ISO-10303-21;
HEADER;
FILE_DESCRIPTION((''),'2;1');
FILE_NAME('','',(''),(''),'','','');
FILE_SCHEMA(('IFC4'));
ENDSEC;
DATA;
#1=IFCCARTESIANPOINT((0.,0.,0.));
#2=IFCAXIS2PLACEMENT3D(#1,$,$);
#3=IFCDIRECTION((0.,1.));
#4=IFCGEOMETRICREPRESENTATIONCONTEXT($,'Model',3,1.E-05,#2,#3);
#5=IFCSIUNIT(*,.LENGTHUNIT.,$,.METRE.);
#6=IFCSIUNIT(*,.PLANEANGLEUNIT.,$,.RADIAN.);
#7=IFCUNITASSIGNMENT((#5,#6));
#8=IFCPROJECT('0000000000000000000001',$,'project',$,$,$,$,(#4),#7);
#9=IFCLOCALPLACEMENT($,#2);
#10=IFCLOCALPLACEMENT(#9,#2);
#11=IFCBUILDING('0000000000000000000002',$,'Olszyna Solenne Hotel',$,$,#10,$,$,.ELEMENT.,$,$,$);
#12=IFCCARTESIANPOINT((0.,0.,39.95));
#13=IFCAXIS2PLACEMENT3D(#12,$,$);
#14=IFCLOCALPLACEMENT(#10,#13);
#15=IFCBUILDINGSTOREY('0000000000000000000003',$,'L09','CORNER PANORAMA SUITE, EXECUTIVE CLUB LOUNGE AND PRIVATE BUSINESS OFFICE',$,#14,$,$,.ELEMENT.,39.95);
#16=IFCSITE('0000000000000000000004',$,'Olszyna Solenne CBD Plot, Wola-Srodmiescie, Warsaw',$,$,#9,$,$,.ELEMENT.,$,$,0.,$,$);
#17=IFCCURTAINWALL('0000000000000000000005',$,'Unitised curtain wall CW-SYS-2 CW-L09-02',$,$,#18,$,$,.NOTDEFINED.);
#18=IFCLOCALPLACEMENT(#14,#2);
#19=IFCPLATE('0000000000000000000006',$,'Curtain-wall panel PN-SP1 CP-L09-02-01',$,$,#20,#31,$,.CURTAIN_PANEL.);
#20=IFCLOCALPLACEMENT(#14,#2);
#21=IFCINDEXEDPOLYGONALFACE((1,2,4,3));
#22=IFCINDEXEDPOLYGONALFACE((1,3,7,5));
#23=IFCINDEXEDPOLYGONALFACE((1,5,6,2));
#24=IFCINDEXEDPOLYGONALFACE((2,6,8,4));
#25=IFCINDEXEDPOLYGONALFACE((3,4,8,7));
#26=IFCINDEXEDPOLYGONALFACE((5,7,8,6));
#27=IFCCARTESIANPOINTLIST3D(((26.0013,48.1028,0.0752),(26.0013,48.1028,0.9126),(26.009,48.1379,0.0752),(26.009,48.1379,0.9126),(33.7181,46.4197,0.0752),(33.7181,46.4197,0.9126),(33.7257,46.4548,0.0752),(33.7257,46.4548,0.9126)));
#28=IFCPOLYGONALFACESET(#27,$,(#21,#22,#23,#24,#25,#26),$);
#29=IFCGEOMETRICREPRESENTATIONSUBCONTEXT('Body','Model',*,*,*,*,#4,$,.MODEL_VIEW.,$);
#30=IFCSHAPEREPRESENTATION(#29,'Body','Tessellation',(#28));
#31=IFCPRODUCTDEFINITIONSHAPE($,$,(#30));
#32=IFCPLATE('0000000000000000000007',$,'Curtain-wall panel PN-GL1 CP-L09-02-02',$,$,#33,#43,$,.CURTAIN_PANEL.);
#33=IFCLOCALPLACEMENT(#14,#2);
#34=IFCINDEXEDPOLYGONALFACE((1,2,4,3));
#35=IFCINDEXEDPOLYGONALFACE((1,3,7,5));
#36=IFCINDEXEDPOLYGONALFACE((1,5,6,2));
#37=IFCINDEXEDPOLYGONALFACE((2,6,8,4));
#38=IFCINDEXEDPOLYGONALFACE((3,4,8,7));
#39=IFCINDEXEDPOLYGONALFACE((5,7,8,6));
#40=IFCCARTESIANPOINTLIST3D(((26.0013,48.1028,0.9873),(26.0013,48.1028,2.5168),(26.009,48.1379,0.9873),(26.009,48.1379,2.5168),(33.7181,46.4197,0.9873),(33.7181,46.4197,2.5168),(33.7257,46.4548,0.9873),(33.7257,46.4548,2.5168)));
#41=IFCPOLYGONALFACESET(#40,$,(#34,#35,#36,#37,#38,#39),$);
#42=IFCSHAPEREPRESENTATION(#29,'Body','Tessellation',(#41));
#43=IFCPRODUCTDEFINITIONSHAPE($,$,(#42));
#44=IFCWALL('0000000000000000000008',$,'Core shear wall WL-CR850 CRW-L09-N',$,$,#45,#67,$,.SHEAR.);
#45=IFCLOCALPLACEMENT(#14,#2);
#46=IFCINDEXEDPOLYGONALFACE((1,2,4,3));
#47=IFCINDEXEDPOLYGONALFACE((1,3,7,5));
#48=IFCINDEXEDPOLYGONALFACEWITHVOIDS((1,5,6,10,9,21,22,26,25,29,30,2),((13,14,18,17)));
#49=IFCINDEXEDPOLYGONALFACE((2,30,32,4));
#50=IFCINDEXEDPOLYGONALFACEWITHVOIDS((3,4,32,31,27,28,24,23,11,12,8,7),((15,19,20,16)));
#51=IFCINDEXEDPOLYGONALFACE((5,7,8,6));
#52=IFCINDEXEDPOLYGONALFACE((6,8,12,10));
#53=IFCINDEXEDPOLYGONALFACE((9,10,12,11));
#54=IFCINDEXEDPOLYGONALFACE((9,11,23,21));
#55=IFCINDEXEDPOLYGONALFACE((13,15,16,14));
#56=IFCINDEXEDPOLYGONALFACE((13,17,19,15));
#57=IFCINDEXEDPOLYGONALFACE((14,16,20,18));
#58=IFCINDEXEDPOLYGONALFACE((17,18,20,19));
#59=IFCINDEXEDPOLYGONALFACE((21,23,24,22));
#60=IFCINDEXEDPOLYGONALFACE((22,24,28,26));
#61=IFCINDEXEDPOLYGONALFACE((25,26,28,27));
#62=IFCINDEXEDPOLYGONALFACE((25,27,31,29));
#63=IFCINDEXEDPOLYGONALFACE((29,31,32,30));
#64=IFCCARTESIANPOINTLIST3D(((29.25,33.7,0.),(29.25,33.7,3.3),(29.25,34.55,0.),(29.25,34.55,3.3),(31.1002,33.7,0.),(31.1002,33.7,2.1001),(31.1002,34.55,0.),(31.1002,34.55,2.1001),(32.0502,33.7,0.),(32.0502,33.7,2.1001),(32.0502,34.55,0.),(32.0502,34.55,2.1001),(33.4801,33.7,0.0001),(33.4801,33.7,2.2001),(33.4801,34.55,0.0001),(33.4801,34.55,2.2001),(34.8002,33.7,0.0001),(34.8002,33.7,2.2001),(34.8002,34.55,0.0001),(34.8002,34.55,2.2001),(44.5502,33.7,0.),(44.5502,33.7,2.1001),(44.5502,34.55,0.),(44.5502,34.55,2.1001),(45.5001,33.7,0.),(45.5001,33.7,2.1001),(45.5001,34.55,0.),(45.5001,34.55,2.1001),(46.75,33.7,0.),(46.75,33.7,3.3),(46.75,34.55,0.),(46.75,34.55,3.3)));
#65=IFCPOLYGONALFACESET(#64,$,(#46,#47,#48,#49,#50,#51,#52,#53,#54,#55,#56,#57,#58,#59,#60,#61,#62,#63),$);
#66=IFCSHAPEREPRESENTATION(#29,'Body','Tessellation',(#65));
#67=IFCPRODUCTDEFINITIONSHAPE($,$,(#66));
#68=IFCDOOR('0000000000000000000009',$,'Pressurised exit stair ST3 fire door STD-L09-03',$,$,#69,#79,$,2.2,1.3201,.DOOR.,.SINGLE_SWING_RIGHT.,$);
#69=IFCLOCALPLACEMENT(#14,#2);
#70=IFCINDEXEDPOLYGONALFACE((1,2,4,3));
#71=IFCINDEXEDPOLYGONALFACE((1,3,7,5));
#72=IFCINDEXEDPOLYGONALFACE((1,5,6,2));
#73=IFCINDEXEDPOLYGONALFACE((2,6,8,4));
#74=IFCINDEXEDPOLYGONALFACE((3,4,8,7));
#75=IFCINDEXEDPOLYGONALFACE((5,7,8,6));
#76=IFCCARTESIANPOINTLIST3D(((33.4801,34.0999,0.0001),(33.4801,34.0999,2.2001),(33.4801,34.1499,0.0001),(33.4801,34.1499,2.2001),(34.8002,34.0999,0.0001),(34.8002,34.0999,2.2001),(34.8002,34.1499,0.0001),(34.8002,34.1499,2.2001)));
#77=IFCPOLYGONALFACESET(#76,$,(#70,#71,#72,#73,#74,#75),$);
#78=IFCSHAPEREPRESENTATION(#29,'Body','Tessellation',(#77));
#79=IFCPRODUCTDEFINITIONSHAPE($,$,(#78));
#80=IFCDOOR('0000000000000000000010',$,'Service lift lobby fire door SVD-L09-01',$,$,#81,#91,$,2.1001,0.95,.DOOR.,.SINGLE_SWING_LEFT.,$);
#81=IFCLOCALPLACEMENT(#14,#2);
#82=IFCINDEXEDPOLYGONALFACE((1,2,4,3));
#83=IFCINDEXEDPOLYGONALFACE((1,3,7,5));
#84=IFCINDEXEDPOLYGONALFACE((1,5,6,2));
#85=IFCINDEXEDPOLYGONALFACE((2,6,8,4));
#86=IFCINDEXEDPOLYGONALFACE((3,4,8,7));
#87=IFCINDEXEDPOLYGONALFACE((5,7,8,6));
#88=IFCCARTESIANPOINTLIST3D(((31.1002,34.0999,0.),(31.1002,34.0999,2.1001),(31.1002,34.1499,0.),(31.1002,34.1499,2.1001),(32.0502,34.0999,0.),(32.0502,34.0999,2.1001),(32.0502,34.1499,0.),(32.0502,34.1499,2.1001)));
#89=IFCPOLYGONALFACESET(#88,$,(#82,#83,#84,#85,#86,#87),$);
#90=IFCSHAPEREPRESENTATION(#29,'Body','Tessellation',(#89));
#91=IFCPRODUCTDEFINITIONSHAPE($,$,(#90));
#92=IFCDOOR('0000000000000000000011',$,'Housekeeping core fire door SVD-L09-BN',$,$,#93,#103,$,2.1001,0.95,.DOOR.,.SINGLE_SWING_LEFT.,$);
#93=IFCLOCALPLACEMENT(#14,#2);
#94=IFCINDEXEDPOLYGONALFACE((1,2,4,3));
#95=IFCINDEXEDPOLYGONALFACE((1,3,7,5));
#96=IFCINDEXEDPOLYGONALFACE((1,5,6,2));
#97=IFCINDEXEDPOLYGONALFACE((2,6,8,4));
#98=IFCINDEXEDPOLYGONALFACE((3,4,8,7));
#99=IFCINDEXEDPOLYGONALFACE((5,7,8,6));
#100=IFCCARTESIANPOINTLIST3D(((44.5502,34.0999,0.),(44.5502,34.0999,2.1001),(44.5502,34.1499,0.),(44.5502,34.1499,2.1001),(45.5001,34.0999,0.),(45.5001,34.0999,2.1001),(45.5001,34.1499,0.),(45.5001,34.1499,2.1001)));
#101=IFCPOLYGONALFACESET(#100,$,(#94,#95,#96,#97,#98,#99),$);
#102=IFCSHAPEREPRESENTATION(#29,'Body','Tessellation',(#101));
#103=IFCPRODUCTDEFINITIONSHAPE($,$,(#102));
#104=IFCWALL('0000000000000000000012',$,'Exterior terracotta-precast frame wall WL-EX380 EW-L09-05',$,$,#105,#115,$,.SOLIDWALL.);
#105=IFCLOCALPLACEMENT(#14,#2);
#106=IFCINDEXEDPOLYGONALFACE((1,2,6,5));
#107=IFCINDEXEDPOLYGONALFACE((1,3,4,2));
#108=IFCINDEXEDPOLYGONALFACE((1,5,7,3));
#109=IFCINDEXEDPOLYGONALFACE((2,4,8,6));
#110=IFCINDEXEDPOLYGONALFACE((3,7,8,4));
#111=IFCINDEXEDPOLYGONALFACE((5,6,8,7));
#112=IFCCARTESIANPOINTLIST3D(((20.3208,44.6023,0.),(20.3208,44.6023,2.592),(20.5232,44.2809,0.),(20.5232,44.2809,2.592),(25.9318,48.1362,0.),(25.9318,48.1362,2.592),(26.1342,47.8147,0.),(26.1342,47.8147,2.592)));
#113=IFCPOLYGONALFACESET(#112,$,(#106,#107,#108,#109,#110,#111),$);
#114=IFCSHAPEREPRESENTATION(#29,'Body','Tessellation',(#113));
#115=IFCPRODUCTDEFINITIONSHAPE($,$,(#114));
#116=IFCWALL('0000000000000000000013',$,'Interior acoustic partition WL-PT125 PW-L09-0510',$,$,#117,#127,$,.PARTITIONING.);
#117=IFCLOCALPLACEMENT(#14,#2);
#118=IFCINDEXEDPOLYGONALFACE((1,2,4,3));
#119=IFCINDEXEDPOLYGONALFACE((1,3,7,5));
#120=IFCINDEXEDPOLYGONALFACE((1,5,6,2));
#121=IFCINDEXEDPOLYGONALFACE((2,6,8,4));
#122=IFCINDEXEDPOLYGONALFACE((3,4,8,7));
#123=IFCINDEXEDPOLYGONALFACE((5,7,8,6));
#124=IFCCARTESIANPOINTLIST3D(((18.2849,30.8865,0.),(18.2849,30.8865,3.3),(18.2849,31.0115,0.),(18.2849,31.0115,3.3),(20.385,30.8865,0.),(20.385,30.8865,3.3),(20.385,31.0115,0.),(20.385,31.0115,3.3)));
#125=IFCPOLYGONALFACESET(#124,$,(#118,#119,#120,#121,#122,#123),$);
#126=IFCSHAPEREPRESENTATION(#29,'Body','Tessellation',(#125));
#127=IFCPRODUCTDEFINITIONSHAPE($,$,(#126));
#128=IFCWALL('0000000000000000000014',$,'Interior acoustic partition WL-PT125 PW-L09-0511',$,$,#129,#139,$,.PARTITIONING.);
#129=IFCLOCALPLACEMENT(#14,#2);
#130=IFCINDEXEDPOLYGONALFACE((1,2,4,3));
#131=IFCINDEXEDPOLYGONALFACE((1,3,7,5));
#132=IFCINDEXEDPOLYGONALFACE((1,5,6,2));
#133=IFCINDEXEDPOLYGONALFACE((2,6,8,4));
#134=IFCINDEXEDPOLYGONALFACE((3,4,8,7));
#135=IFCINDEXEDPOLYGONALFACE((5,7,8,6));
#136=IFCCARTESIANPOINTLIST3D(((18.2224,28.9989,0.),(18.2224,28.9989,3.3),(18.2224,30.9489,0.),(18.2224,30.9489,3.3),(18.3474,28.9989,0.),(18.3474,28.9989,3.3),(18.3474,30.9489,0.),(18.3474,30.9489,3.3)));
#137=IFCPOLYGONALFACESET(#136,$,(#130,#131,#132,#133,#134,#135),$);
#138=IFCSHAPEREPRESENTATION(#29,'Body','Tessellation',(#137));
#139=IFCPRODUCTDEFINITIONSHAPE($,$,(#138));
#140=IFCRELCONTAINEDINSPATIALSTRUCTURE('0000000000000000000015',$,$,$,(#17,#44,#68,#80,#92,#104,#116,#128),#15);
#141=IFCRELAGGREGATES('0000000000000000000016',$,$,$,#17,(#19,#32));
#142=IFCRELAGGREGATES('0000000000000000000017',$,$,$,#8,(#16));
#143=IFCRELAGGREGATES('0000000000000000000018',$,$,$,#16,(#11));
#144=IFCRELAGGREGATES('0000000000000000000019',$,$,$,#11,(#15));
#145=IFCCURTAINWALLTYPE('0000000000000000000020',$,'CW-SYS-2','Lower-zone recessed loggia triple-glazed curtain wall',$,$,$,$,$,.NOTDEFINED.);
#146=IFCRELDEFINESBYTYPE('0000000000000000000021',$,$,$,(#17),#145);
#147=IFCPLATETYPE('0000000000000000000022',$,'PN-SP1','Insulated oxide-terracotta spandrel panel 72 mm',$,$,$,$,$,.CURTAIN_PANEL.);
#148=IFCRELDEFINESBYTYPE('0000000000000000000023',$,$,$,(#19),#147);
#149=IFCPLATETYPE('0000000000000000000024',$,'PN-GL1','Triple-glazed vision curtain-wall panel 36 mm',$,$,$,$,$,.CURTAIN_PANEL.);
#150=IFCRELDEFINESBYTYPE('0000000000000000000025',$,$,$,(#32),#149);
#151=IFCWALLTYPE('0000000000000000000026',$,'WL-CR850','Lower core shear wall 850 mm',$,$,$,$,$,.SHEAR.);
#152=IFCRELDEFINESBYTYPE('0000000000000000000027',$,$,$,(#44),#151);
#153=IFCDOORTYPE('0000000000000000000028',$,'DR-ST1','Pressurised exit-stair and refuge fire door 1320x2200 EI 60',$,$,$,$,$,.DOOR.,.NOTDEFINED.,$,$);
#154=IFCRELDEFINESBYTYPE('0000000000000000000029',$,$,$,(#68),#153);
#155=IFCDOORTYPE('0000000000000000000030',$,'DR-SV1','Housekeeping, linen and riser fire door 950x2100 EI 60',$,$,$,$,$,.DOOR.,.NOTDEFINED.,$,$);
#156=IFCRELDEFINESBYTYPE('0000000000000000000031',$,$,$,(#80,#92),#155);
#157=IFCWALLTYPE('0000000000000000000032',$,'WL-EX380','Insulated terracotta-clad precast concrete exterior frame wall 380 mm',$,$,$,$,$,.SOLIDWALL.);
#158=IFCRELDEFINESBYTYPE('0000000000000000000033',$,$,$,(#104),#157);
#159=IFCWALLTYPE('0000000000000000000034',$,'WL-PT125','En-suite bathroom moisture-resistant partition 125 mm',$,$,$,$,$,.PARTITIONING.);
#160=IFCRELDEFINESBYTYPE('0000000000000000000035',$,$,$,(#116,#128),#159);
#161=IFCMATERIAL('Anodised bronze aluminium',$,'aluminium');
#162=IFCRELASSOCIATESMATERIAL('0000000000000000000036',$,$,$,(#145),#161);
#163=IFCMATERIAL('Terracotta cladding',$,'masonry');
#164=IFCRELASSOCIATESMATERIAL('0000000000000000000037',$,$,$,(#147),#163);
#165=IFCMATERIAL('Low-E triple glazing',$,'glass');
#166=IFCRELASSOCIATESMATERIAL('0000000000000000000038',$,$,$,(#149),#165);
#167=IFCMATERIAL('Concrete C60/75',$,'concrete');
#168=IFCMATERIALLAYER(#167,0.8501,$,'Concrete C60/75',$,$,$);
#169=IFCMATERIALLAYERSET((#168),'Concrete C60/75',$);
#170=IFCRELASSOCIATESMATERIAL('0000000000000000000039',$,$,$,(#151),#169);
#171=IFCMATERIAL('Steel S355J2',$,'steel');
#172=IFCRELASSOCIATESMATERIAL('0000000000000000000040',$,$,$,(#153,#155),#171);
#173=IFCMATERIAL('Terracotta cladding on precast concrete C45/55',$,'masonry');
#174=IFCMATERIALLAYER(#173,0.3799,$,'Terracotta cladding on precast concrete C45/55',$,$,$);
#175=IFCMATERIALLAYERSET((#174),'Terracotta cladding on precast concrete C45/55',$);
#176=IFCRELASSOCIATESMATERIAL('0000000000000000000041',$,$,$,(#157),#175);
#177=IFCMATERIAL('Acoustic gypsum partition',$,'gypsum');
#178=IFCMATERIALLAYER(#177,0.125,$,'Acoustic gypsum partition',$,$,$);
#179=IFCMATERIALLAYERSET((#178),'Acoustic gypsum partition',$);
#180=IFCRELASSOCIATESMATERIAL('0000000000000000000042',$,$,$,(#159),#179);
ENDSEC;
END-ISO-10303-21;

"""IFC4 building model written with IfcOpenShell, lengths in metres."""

from ifc_helpers import new_model, si_unit, direction, frame, frame_2d, origin, origin_2d, place, context, subcontext, project, spatial, rectangle, extrude, source, transform, mapped, material, layer, layer_set, type_object, type_shapes, element, fill, aggregate, save


model = new_model("IFC4")

# Units and contexts
model_context = context("Model", 3, precision=1e-05, world=origin(), true_north=direction((0.0, 1.0)))
body_context = subcontext(model_context, "Body", "Model", "MODEL_VIEW")
ifc_project = project(units=[si_unit("LENGTHUNIT", "METRE"), si_unit("PLANEANGLEUNIT", "RADIAN")], contexts=[model_context])

# Site, building, storey
site_placement = place(None, origin())
site = spatial("IfcSite", under=ifc_project, at=site_placement, Name="Olszyna Solenne CBD Plot, Wola-Srodmiescie, Warsaw", CompositionType="ELEMENT", RefElevation=0.0)
building_placement = place(site_placement, origin())
building = spatial("IfcBuilding", under=site, at=building_placement, Name="Olszyna Solenne Hotel", CompositionType="ELEMENT")
storey_placement = place(building_placement, frame((0.0, 0.0, 39.95)))
storey = spatial("IfcBuildingStorey", under=building, at=storey_placement, Name="L09", Description="CORNER PANORAMA SUITE, EXECUTIVE CLUB LOUNGE AND PRIVATE BUSINESS OFFICE", CompositionType="ELEMENT", Elevation=39.95)

# Shared definitions
ifc_material_1 = material(Name="Steel S355J2", Category="steel")

# Curtain wall
ifc_material_2 = material(Name="Anodised bronze aluminium", Category="aluminium")
curtain_wall_type = type_object("IfcCurtainWallType", Name="CW-SYS-2", Description="Lower-zone recessed loggia triple-glazed curtain wall", PredefinedType="NOTDEFINED", material=ifc_material_2)
curtain_wall_placement = place(storey_placement, origin())
curtain_wall = element("IfcCurtainWall", 1, at=curtain_wall_placement, inside=storey, type_object=curtain_wall_type, Name="Unitised curtain wall CW-SYS-2 CW-L09-02", PredefinedType="NOTDEFINED")

# Plates
ifc_material_3 = material(Name="Terracotta cladding", Category="masonry")
plate_type_1 = type_object("IfcPlateType", Name="PN-SP1", Description="Insulated oxide-terracotta spandrel panel 72 mm", PredefinedType="CURTAIN_PANEL", material=ifc_material_3)
shared_shape_1 = source(origin(), body_context, "Body", "SweptSolid", [
    extrude(rectangle(XDim=7.8982, YDim=0.0359, at=origin_2d()), origin(), (0.0, 0.0, 1.0), 0.8374),
])
plate_1_placement = place(storey_placement, frame((29.8635, 47.2788, 0.0752), z_axis=(0.0, 0.0, 1.0), x_axis=(0.97703, -0.213104, 0.0)))
plate_1 = element("IfcPlate", 2, at=plate_1_placement, type_object=plate_type_1, Name="Curtain-wall panel PN-SP1 CP-L09-02-01", PredefinedType="CURTAIN_PANEL", context=body_context, shape_type="MappedRepresentation", body=[
    mapped(shared_shape_1, transform((0.0, 0.0, 0.0), x_axis=(1.0, 0.0, 0.0), y_axis=(0.0, 1.0, 0.0), z_axis=(0.0, 0.0, 1.0), scale=1.0)),
])
ifc_material_4 = material(Name="Low-E triple glazing", Category="glass")
plate_type_2 = type_object("IfcPlateType", Name="PN-GL1", Description="Triple-glazed vision curtain-wall panel 36 mm", PredefinedType="CURTAIN_PANEL", material=ifc_material_4)
shared_shape_2 = source(origin(), body_context, "Body", "SweptSolid", [
    extrude(rectangle(XDim=7.8982, YDim=0.0359, at=origin_2d()), origin(), (0.0, 0.0, 1.0), 1.5295),
])
plate_2_placement = place(storey_placement, frame((29.8635, 47.2788, 0.9873), z_axis=(0.0, 0.0, 1.0), x_axis=(0.97703, -0.213104, 0.0)))
plate_2 = element("IfcPlate", 3, at=plate_2_placement, type_object=plate_type_2, Name="Curtain-wall panel PN-GL1 CP-L09-02-02", PredefinedType="CURTAIN_PANEL", context=body_context, shape_type="MappedRepresentation", body=[
    mapped(shared_shape_2, transform((0.0, 0.0, 0.0), x_axis=(1.0, 0.0, 0.0), y_axis=(0.0, 1.0, 0.0), z_axis=(0.0, 0.0, 1.0), scale=1.0)),
])
aggregate(curtain_wall, [plate_1, plate_2])

# Wall, openings, doors
ifc_material_5 = material(Name="Concrete C60/75", Category="concrete")
ifc_layer_1 = layer(ifc_material_5, 0.8501, Name="Concrete C60/75")
ifc_layer_set_1 = layer_set([ifc_layer_1], Name="Concrete C60/75")
wall_type_1 = type_object("IfcWallType", Name="WL-CR850", Description="Lower core shear wall 850 mm", PredefinedType="SHEAR", material=ifc_layer_set_1)
wall_1_placement = place(storey_placement, frame((29.25, 34.125, 0.0), z_axis=(0.0, 0.0, 1.0), x_axis=(1.0, 0.0, 0.0)))
wall_1 = element("IfcWall", 4, at=wall_1_placement, inside=storey, type_object=wall_type_1, Name="Core shear wall WL-CR850 CRW-L09-N", PredefinedType="SHEAR", context=body_context, shape_type="SweptSolid", body=[
    extrude(rectangle(XDim=17.5, YDim=0.8501, at=frame_2d((8.75, 0.0))), origin(), (0.0, 0.0, 1.0), 3.3),
])
opening_1_placement = place(wall_1_placement, frame((1.8501, 0.0, 0.0)))
opening_1 = element("IfcOpeningElement", 5, at=opening_1_placement, cuts=wall_1, PredefinedType="OPENING", context=body_context, shape_type="SweptSolid", body=[
    extrude(rectangle(XDim=0.95, YDim=2.1001, at=frame_2d((0.4751, 1.05))), frame((0.0, 0.4351, 0.0), z_axis=(0.0, -1.0, 0.0), x_axis=(1.0, 0.0, 0.0)), (0.0, 0.0, 1.0), 0.8701),
])
opening_2_placement = place(wall_1_placement, frame((4.23, 0.0, 0.0)))
opening_2 = element("IfcOpeningElement", 6, at=opening_2_placement, cuts=wall_1, PredefinedType="OPENING", context=body_context, shape_type="SweptSolid", body=[
    extrude(rectangle(XDim=1.3201, YDim=2.2, at=frame_2d((0.6602, 1.1001))), frame((0.0, 0.4351, 0.0), z_axis=(0.0, -1.0, 0.0), x_axis=(1.0, 0.0, 0.0)), (0.0, 0.0, 1.0), 0.8701),
])
opening_3_placement = place(wall_1_placement, frame((15.3, 0.0, 0.0)))
opening_3 = element("IfcOpeningElement", 7, at=opening_3_placement, cuts=wall_1, PredefinedType="OPENING", context=body_context, shape_type="SweptSolid", body=[
    extrude(rectangle(XDim=0.95, YDim=2.1001, at=frame_2d((0.4751, 1.05))), frame((0.0, 0.4351, 0.0), z_axis=(0.0, -1.0, 0.0), x_axis=(1.0, 0.0, 0.0)), (0.0, 0.0, 1.0), 0.8701),
])
door_type_1 = type_object("IfcDoorType", Name="DR-ST1", Description="Pressurised exit-stair and refuge fire door 1320x2200 EI 60", OperationType="NOTDEFINED", PredefinedType="DOOR", material=ifc_material_1)
shared_shape_3 = source(origin(), body_context, "Body", "SweptSolid", [
    extrude(rectangle(XDim=1.3201, YDim=2.2, at=frame_2d((0.6602, 1.1001))), frame((0.0, 0.0249, 0.0), z_axis=(0.0, -1.0, 0.0), x_axis=(1.0, 0.0, 0.0)), (0.0, 0.0, 1.0), 0.05),
])
type_shapes(door_type_1, [shared_shape_3])
door_1_placement = place(opening_2_placement, origin())
door_1 = element("IfcDoor", 8, at=door_1_placement, inside=storey, type_object=door_type_1, Name="Pressurised exit stair ST3 fire door STD-L09-03", OperationType="SINGLE_SWING_RIGHT", OverallHeight=2.2, OverallWidth=1.3201, PredefinedType="DOOR", context=body_context, shape_type="MappedRepresentation", body=[
    mapped(shared_shape_3, transform((0.0, 0.0, 0.0), x_axis=(1.0, 0.0, 0.0), y_axis=(0.0, 1.0, 0.0), z_axis=(0.0, 0.0, 1.0), scale=1.0)),
])
fill(opening_2, door_1)
door_type_2 = type_object("IfcDoorType", Name="DR-SV1", Description="Housekeeping, linen and riser fire door 950x2100 EI 60", OperationType="NOTDEFINED", PredefinedType="DOOR", material=ifc_material_1)
shared_shape_4 = source(origin(), body_context, "Body", "SweptSolid", [
    extrude(rectangle(XDim=0.95, YDim=2.1001, at=frame_2d((0.4751, 1.05))), frame((0.0, 0.0249, 0.0), z_axis=(0.0, -1.0, 0.0), x_axis=(1.0, 0.0, 0.0)), (0.0, 0.0, 1.0), 0.05),
])
type_shapes(door_type_2, [shared_shape_4])
door_2_placement = place(opening_1_placement, origin())
door_2 = element("IfcDoor", 9, at=door_2_placement, inside=storey, type_object=door_type_2, Name="Service lift lobby fire door SVD-L09-01", OperationType="SINGLE_SWING_LEFT", OverallHeight=2.1001, OverallWidth=0.95, PredefinedType="DOOR", context=body_context, shape_type="MappedRepresentation", body=[
    mapped(shared_shape_4, transform((0.0, 0.0, 0.0), x_axis=(1.0, 0.0, 0.0), y_axis=(0.0, 1.0, 0.0), z_axis=(0.0, 0.0, 1.0), scale=1.0)),
])
fill(opening_1, door_2)
door_3_placement = place(opening_3_placement, origin())
door_3 = element("IfcDoor", 10, at=door_3_placement, inside=storey, type_object=door_type_2, Name="Housekeeping core fire door SVD-L09-BN", OperationType="SINGLE_SWING_LEFT", OverallHeight=2.1001, OverallWidth=0.95, PredefinedType="DOOR", context=body_context, shape_type="MappedRepresentation", body=[
    mapped(shared_shape_4, transform((0.0, 0.0, 0.0), x_axis=(1.0, 0.0, 0.0), y_axis=(0.0, 1.0, 0.0), z_axis=(0.0, 0.0, 1.0), scale=1.0)),
])
fill(opening_3, door_3)

# Walls
ifc_material_6 = material(Name="Terracotta cladding on precast concrete C45/55", Category="masonry")
ifc_layer_2 = layer(ifc_material_6, 0.3799, Name="Terracotta cladding on precast concrete C45/55")
ifc_layer_set_2 = layer_set([ifc_layer_2], Name="Terracotta cladding on precast concrete C45/55")
wall_type_2 = type_object("IfcWallType", Name="WL-EX380", Description="Insulated terracotta-clad precast concrete exterior frame wall 380 mm", PredefinedType="SOLIDWALL", material=ifc_layer_set_2)
wall_2_placement = place(storey_placement, frame((20.4221, 44.4417, 0.0), z_axis=(0.0, 0.0, 1.0), x_axis=(0.846163, 0.532925, 0.0)))
element("IfcWall", 11, at=wall_2_placement, inside=storey, type_object=wall_type_2, Name="Exterior terracotta-precast frame wall WL-EX380 EW-L09-05", PredefinedType="SOLIDWALL", context=body_context, shape_type="SweptSolid", body=[
    extrude(rectangle(XDim=6.6311, YDim=0.3799, at=frame_2d((3.3154, 0.0))), origin(), (0.0, 0.0, 1.0), 2.592),
])
ifc_material_7 = material(Name="Acoustic gypsum partition", Category="gypsum")
ifc_layer_3 = layer(ifc_material_7, 0.125, Name="Acoustic gypsum partition")
ifc_layer_set_3 = layer_set([ifc_layer_3], Name="Acoustic gypsum partition")
wall_type_3 = type_object("IfcWallType", Name="WL-PT125", Description="En-suite bathroom moisture-resistant partition 125 mm", PredefinedType="PARTITIONING", material=ifc_layer_set_3)
wall_3_placement = place(storey_placement, frame((20.385, 30.949, 0.0), z_axis=(0.0, 0.0, 1.0), x_axis=(-1.0, 0.0, 0.0)))
element("IfcWall", 12, at=wall_3_placement, inside=storey, type_object=wall_type_3, Name="Interior acoustic partition WL-PT125 PW-L09-0510", PredefinedType="PARTITIONING", context=body_context, shape_type="SweptSolid", body=[
    extrude(rectangle(XDim=2.1001, YDim=0.125, at=frame_2d((1.05, 0.0))), origin(), (0.0, 0.0, 1.0), 3.3),
])
wall_4_placement = place(storey_placement, frame((18.2849, 30.949, 0.0), z_axis=(0.0, 0.0, 1.0), x_axis=(0.0, -1.0, 0.0)))
element("IfcWall", 13, at=wall_4_placement, inside=storey, type_object=wall_type_3, Name="Interior acoustic partition WL-PT125 PW-L09-0511", PredefinedType="PARTITIONING", context=body_context, shape_type="SweptSolid", body=[
    extrude(rectangle(XDim=1.95, YDim=0.125, at=frame_2d((0.9751, 0.0))), origin(), (0.0, 0.0, 1.0), 3.3),
])

save(model, "model.ifc")
